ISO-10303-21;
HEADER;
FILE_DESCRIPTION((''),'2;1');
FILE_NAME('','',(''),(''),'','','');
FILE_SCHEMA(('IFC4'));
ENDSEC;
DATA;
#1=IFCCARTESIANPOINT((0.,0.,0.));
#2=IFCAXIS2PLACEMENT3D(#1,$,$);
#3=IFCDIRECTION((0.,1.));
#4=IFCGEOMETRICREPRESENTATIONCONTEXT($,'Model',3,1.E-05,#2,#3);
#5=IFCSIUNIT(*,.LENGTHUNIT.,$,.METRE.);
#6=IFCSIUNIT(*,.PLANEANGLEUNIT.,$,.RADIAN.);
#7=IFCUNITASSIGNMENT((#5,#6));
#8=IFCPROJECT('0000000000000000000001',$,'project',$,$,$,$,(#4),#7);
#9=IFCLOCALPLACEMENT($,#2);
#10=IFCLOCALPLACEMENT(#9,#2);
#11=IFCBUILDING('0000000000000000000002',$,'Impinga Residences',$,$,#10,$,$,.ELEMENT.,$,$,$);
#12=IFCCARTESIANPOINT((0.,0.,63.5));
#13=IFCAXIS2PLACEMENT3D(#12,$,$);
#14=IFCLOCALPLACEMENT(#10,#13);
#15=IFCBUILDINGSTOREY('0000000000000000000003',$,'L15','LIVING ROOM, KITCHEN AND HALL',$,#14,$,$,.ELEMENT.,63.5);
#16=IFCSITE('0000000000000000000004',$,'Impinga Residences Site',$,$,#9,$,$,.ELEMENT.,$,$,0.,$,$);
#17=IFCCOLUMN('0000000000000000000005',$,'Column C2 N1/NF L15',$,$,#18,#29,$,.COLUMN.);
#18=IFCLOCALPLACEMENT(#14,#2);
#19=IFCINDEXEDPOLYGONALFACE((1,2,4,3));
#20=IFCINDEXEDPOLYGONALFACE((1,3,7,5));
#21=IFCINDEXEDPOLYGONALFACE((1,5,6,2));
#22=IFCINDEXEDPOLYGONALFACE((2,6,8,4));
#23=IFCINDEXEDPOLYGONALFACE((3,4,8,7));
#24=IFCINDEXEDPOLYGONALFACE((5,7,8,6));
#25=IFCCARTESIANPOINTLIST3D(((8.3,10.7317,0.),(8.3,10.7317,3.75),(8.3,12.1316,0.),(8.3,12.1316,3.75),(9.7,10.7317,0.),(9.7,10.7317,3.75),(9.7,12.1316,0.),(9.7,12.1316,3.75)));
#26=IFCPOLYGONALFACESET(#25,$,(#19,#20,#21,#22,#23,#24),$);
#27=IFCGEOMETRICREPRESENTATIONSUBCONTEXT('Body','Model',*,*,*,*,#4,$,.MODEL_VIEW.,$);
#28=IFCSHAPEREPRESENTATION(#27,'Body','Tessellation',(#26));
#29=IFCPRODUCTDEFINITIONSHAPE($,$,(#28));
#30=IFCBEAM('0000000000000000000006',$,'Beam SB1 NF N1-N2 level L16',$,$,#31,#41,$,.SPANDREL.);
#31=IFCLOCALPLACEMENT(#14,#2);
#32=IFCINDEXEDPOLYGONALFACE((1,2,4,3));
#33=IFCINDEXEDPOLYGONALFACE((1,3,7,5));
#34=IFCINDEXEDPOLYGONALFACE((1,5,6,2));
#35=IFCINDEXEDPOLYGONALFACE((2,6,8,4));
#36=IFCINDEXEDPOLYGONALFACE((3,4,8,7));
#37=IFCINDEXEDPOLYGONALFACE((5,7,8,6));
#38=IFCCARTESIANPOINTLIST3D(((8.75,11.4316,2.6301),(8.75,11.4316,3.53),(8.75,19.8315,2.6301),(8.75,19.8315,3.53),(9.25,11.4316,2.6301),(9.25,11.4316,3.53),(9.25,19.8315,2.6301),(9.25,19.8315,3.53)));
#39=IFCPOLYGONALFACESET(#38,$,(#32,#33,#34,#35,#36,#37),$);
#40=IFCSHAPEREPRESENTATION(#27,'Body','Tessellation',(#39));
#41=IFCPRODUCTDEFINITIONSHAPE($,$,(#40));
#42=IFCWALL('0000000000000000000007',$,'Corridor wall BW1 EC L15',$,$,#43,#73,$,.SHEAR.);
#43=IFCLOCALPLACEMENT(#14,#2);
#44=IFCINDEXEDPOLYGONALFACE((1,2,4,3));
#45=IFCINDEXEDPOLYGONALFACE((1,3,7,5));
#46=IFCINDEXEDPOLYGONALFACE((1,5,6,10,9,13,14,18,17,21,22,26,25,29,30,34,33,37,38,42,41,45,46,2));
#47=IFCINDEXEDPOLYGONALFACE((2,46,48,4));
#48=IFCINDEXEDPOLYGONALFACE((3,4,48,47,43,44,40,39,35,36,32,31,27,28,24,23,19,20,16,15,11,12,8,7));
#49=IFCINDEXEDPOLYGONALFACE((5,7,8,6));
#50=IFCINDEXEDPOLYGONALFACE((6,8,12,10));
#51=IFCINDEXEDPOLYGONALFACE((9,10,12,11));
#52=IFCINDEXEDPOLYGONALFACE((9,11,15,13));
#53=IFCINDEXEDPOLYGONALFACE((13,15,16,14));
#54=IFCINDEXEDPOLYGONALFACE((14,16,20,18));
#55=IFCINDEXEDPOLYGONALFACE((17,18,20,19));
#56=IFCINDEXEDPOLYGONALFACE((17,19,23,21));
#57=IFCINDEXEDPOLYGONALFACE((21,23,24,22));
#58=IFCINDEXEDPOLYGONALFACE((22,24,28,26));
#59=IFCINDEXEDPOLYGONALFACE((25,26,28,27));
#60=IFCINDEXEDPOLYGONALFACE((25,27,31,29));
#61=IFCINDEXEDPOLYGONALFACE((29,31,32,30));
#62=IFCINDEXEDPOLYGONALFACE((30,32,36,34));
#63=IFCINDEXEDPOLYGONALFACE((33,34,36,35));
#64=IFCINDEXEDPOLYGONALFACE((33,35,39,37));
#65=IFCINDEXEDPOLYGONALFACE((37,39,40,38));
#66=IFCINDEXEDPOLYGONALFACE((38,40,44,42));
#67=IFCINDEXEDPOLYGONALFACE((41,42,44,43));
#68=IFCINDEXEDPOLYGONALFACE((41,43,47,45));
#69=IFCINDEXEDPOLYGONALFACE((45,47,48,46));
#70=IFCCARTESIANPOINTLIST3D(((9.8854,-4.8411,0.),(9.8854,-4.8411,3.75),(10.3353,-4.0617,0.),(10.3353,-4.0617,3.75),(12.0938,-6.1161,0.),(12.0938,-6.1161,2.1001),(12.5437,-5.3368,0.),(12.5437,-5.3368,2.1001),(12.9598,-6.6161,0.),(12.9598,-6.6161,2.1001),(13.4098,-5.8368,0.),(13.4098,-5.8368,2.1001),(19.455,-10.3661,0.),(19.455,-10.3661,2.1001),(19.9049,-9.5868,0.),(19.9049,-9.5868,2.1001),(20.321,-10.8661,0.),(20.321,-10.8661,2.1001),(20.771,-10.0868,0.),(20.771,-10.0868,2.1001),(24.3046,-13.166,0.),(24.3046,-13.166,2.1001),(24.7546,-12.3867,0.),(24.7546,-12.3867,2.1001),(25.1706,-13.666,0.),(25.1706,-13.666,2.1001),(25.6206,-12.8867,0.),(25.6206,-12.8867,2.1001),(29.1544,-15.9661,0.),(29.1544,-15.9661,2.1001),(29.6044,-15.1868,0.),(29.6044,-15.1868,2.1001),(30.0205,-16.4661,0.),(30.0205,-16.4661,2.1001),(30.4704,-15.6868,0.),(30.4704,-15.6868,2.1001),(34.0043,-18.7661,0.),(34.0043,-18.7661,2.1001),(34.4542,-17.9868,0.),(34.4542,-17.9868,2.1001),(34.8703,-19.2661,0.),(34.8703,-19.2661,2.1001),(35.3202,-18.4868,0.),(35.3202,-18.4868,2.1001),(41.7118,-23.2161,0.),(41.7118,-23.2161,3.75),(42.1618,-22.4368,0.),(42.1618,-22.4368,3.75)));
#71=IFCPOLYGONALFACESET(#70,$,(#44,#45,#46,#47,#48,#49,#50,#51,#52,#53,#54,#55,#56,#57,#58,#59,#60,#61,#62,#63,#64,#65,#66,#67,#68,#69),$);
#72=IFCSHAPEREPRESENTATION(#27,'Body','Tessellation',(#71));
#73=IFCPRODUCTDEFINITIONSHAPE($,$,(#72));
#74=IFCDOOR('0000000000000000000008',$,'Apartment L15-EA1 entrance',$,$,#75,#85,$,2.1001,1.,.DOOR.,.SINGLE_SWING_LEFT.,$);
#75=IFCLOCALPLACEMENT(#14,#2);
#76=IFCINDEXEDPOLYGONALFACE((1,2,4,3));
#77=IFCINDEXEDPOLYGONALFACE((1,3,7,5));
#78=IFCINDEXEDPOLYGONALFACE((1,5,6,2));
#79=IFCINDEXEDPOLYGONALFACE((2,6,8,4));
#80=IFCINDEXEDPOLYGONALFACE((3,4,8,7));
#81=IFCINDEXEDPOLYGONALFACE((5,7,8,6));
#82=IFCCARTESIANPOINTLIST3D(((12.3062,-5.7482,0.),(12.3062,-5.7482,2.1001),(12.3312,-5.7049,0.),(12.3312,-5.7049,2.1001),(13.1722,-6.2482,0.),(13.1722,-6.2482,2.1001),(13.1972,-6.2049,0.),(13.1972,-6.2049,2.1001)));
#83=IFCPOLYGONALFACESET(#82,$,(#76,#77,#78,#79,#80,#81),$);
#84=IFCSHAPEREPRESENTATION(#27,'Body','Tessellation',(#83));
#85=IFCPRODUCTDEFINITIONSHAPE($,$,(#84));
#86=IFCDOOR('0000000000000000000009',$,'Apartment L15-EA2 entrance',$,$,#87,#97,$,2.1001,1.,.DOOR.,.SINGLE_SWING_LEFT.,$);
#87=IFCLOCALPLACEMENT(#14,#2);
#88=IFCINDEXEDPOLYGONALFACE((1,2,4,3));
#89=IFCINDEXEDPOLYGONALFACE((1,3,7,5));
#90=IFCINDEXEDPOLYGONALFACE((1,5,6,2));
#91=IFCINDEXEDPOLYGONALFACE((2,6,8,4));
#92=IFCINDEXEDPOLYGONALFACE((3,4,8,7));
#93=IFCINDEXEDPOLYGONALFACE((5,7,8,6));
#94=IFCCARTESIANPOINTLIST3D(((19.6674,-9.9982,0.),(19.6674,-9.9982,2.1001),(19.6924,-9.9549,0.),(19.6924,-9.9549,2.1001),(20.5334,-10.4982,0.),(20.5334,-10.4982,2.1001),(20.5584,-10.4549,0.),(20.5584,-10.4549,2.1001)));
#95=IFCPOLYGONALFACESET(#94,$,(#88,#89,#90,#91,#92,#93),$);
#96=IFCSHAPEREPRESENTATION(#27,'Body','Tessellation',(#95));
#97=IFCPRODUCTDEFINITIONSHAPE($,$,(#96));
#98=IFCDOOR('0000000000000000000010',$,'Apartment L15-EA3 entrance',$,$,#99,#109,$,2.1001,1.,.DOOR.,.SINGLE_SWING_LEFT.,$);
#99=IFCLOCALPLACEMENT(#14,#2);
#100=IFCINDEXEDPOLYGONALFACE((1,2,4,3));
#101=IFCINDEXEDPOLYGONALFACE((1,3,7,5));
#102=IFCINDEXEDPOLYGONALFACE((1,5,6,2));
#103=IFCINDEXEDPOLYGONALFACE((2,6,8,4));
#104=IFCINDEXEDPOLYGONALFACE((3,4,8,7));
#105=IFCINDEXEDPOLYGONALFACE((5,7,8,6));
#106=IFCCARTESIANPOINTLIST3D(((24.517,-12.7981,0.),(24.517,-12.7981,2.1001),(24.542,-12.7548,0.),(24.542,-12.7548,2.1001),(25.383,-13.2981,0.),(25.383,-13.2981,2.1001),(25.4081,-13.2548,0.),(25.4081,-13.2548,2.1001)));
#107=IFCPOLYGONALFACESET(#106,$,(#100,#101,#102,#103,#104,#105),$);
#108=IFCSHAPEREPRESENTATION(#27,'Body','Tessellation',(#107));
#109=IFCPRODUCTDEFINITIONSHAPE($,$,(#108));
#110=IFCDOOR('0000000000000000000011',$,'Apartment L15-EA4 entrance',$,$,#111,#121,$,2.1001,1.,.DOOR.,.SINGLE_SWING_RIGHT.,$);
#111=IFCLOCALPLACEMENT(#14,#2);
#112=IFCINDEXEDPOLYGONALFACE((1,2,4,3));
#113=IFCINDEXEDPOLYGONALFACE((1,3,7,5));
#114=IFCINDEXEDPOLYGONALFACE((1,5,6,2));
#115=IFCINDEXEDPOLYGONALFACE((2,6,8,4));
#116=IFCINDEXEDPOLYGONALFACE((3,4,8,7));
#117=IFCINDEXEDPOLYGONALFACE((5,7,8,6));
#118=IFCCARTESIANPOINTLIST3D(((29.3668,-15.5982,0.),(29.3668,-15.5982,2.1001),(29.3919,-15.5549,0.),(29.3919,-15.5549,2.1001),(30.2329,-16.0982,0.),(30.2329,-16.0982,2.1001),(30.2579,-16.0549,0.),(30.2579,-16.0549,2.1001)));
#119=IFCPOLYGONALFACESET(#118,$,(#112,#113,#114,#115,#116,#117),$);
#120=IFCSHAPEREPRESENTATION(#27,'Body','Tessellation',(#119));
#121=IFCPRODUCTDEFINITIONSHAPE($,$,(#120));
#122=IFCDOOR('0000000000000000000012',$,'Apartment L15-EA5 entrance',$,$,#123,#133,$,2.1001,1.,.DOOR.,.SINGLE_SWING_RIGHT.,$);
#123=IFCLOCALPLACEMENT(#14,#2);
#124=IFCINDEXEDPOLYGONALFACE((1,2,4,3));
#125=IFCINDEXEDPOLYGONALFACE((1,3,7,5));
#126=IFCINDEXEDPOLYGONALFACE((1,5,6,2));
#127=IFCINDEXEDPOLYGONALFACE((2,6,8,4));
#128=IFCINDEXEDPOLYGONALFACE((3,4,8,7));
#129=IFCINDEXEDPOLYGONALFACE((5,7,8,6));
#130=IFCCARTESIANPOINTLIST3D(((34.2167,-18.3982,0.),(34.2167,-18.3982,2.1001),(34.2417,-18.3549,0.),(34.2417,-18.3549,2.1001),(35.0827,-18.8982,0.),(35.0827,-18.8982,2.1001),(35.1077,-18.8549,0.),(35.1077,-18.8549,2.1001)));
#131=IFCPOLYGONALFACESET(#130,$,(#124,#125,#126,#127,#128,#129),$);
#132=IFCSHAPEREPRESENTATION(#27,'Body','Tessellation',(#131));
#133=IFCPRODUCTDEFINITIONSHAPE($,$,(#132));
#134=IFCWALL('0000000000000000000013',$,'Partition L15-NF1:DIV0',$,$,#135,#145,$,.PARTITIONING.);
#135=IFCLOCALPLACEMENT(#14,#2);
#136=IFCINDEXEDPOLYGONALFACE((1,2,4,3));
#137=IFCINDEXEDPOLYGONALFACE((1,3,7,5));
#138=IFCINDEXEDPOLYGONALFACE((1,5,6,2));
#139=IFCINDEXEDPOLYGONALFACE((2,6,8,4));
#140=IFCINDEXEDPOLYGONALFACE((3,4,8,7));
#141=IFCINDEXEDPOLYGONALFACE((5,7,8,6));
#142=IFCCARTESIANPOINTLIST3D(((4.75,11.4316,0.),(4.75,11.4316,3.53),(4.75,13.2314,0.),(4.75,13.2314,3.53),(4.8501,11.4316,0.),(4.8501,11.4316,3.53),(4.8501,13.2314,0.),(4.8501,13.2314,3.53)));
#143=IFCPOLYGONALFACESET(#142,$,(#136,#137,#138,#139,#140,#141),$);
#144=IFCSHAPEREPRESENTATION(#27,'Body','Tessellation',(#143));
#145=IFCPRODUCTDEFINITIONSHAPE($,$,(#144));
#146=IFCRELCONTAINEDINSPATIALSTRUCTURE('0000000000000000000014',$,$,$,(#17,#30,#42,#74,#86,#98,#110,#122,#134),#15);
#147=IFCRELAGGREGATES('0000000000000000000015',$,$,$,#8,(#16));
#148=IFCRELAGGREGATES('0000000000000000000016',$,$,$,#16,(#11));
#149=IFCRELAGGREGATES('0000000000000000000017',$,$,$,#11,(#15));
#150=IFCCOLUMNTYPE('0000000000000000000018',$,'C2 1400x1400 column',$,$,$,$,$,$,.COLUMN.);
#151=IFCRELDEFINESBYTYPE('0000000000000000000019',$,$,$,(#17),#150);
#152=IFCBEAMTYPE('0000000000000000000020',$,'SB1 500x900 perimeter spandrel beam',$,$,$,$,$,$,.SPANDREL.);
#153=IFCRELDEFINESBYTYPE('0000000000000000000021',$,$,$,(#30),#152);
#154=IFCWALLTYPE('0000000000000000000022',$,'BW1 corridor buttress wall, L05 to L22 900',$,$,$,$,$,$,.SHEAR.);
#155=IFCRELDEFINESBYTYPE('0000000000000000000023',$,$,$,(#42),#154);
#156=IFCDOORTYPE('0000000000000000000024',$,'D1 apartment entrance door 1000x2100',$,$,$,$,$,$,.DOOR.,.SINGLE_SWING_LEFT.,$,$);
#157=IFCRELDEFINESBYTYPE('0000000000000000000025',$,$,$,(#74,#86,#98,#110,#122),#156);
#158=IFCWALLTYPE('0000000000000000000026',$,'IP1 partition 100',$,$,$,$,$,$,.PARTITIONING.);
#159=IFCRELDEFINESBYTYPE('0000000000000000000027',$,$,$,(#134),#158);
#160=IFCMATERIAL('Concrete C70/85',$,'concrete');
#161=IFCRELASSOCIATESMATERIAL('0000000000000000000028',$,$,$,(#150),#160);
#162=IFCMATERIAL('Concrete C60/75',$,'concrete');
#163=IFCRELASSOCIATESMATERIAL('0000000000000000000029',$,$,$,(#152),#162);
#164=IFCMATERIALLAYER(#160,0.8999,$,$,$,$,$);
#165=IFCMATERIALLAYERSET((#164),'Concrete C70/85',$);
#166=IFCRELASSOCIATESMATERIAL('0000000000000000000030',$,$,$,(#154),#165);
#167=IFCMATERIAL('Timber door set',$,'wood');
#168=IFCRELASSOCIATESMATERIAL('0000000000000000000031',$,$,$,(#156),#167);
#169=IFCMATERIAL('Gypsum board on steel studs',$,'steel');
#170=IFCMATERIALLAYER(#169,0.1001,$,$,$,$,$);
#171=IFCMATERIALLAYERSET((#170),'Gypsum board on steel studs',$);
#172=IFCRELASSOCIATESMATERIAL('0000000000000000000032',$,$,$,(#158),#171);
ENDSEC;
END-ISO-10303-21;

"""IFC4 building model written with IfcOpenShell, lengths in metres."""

from ifc_helpers import new_model, si_unit, direction, frame, frame_2d, origin, origin_2d, place, context, subcontext, project, spatial, rectangle, extrude, material, layer, layer_set, material_profile, profile_set, type_object, element, fill, save


model = new_model("IFC4")

# Units and contexts
model_context = context("Model", 3, precision=1e-05, world=origin(), true_north=direction((0.0, 1.0)))
body_context = subcontext(model_context, "Body", "Model", "MODEL_VIEW")
ifc_project = project(units=[si_unit("LENGTHUNIT", "METRE"), si_unit("PLANEANGLEUNIT", "RADIAN")], contexts=[model_context])

# Site, building, storey
site_placement = place(None, origin())
site = spatial("IfcSite", under=ifc_project, at=site_placement, Name="Impinga Residences Site", CompositionType="ELEMENT", RefElevation=0.0)
building_placement = place(site_placement, origin())
building = spatial("IfcBuilding", under=site, at=building_placement, Name="Impinga Residences", CompositionType="ELEMENT")
storey_placement = place(building_placement, frame((0.0, 0.0, 63.5)))
storey = spatial("IfcBuildingStorey", under=building, at=storey_placement, Name="L15", Description="LIVING ROOM, KITCHEN AND HALL", CompositionType="ELEMENT", Elevation=63.5)

# Column
ifc_material_1 = material(Name="Concrete C70/85", Category="concrete")
ifc_material_profile_1 = material_profile(ifc_material_1, rectangle(XDim=1.3999, YDim=1.3999, at=origin_2d()), Name="RC 1400x1400")
ifc_profile_set_1 = profile_set([ifc_material_profile_1], Name="Concrete C70/85")
column_type = type_object("IfcColumnType", Name="C2 1400x1400 column", PredefinedType="COLUMN", material=ifc_profile_set_1)
column_placement = place(storey_placement, frame((9.0, 11.4316, 0.0), z_axis=(0.0, 0.0, 1.0), x_axis=(1.0, 0.0, 0.0)))
element("IfcColumn", 1, at=column_placement, inside=storey, type_object=column_type, Name="Column C2 N1/NF L15", PredefinedType="COLUMN", context=body_context, shape_type="SweptSolid", body=[
    extrude(rectangle(XDim=1.3999, YDim=1.3999, at=origin_2d()), origin(), (0.0, 0.0, 1.0), 3.75),
])

# Beam
ifc_material_2 = material(Name="Concrete C60/75", Category="concrete")
ifc_material_profile_2 = material_profile(ifc_material_2, rectangle(XDim=0.5, YDim=0.8999, at=origin_2d()), Name="RC 500x900")
ifc_profile_set_2 = profile_set([ifc_material_profile_2], Name="Concrete C60/75")
beam_type = type_object("IfcBeamType", Name="SB1 500x900 perimeter spandrel beam", PredefinedType="SPANDREL", material=ifc_profile_set_2)
beam_placement = place(storey_placement, frame((9.0, 11.4316, 3.0801), z_axis=(0.0, 1.0, 0.0), x_axis=(-1.0, 0.0, 0.0)))
element("IfcBeam", 2, at=beam_placement, inside=storey, type_object=beam_type, Name="Beam SB1 NF N1-N2 level L16", PredefinedType="SPANDREL", context=body_context, shape_type="SweptSolid", body=[
    extrude(rectangle(XDim=0.5, YDim=0.8999, at=origin_2d()), origin(), (0.0, 0.0, 1.0), 8.3999),
])

# Wall, openings, doors
ifc_layer_1 = layer(ifc_material_1, 0.8999)
ifc_layer_set_1 = layer_set([ifc_layer_1], Name="Concrete C70/85")
wall_type_1 = type_object("IfcWallType", Name="BW1 corridor buttress wall, L05 to L22 900", PredefinedType="SHEAR", material=ifc_layer_set_1)
wall_1_placement = place(storey_placement, frame((10.1104, -4.4514, 0.0), z_axis=(0.0, 0.0, 1.0), x_axis=(0.866025, -0.5, 0.0)))
wall_1 = element("IfcWall", 3, at=wall_1_placement, inside=storey, type_object=wall_type_1, Name="Corridor wall BW1 EC L15", PredefinedType="SHEAR", context=body_context, shape_type="SweptSolid", body=[
    extrude(rectangle(XDim=36.75, YDim=0.8999, at=frame_2d((18.375, 0.0))), origin(), (0.0, 0.0, 1.0), 3.75),
])
opening_1_placement = place(wall_1_placement, frame((2.55, 0.0, 0.0)))
opening_1 = element("IfcOpeningElement", 4, at=opening_1_placement, cuts=wall_1, PredefinedType="OPENING", context=body_context, shape_type="SweptSolid", body=[
    extrude(rectangle(XDim=1.0, YDim=2.1001, at=frame_2d((0.5, 1.05))), frame((0.0, 0.46, 0.0), z_axis=(0.0, -1.0, 0.0), x_axis=(1.0, 0.0, 0.0)), (0.0, 0.0, 1.0), 0.9199),
])
opening_2_placement = place(wall_1_placement, frame((11.05, 0.0, 0.0)))
opening_2 = element("IfcOpeningElement", 5, at=opening_2_placement, cuts=wall_1, PredefinedType="OPENING", context=body_context, shape_type="SweptSolid", body=[
    extrude(rectangle(XDim=1.0, YDim=2.1001, at=frame_2d((0.5, 1.05))), frame((0.0, 0.46, 0.0), z_axis=(0.0, -1.0, 0.0), x_axis=(1.0, 0.0, 0.0)), (0.0, 0.0, 1.0), 0.9199),
])
opening_3_placement = place(wall_1_placement, frame((16.6499, 0.0, 0.0)))
opening_3 = element("IfcOpeningElement", 6, at=opening_3_placement, cuts=wall_1, PredefinedType="OPENING", context=body_context, shape_type="SweptSolid", body=[
    extrude(rectangle(XDim=1.0, YDim=2.1001, at=frame_2d((0.5, 1.05))), frame((0.0, 0.46, 0.0), z_axis=(0.0, -1.0, 0.0), x_axis=(1.0, 0.0, 0.0)), (0.0, 0.0, 1.0), 0.9199),
])
opening_4_placement = place(wall_1_placement, frame((22.25, 0.0, 0.0)))
opening_4 = element("IfcOpeningElement", 7, at=opening_4_placement, cuts=wall_1, PredefinedType="OPENING", context=body_context, shape_type="SweptSolid", body=[
    extrude(rectangle(XDim=1.0, YDim=2.1001, at=frame_2d((0.5, 1.05))), frame((0.0, 0.46, 0.0), z_axis=(0.0, -1.0, 0.0), x_axis=(1.0, 0.0, 0.0)), (0.0, 0.0, 1.0), 0.9199),
])
opening_5_placement = place(wall_1_placement, frame((27.8501, 0.0, 0.0)))
opening_5 = element("IfcOpeningElement", 8, at=opening_5_placement, cuts=wall_1, PredefinedType="OPENING", context=body_context, shape_type="SweptSolid", body=[
    extrude(rectangle(XDim=1.0, YDim=2.1001, at=frame_2d((0.5, 1.05))), frame((0.0, 0.46, 0.0), z_axis=(0.0, -1.0, 0.0), x_axis=(1.0, 0.0, 0.0)), (0.0, 0.0, 1.0), 0.9199),
])
ifc_material_3 = material(Name="Timber door set", Category="wood")
door_type_1 = type_object("IfcDoorType", Name="D1 apartment entrance door 1000x2100", OperationType="SINGLE_SWING_LEFT", PredefinedType="DOOR", material=ifc_material_3)
door_1_placement = place(opening_1_placement, origin())
door_1 = element("IfcDoor", 9, at=door_1_placement, inside=storey, type_object=door_type_1, Name="Apartment L15-EA1 entrance", OperationType="SINGLE_SWING_LEFT", OverallHeight=2.1001, OverallWidth=1.0, PredefinedType="DOOR", context=body_context, shape_type="SweptSolid", body=[
    extrude(rectangle(XDim=1.0, YDim=2.1001, at=frame_2d((0.5, 1.05))), frame((0.0, 0.0249, 0.0), z_axis=(0.0, -1.0, 0.0), x_axis=(1.0, 0.0, 0.0)), (0.0, 0.0, 1.0), 0.05),
])
fill(opening_1, door_1)
door_2_placement = place(opening_2_placement, origin())
door_2 = element("IfcDoor", 10, at=door_2_placement, inside=storey, type_object=door_type_1, Name="Apartment L15-EA2 entrance", OperationType="SINGLE_SWING_LEFT", OverallHeight=2.1001, OverallWidth=1.0, PredefinedType="DOOR", context=body_context, shape_type="SweptSolid", body=[
    extrude(rectangle(XDim=1.0, YDim=2.1001, at=frame_2d((0.5, 1.05))), frame((0.0, 0.0249, 0.0), z_axis=(0.0, -1.0, 0.0), x_axis=(1.0, 0.0, 0.0)), (0.0, 0.0, 1.0), 0.05),
])
fill(opening_2, door_2)
door_3_placement = place(opening_3_placement, origin())
door_3 = element("IfcDoor", 11, at=door_3_placement, inside=storey, type_object=door_type_1, Name="Apartment L15-EA3 entrance", OperationType="SINGLE_SWING_LEFT", OverallHeight=2.1001, OverallWidth=1.0, PredefinedType="DOOR", context=body_context, shape_type="SweptSolid", body=[
    extrude(rectangle(XDim=1.0, YDim=2.1001, at=frame_2d((0.5, 1.05))), frame((0.0, 0.0249, 0.0), z_axis=(0.0, -1.0, 0.0), x_axis=(1.0, 0.0, 0.0)), (0.0, 0.0, 1.0), 0.05),
])
fill(opening_3, door_3)
door_4_placement = place(opening_4_placement, origin())
door_4 = element("IfcDoor", 12, at=door_4_placement, inside=storey, type_object=door_type_1, Name="Apartment L15-EA4 entrance", OperationType="SINGLE_SWING_RIGHT", OverallHeight=2.1001, OverallWidth=1.0, PredefinedType="DOOR", context=body_context, shape_type="SweptSolid", body=[
    extrude(rectangle(XDim=1.0, YDim=2.1001, at=frame_2d((0.5, 1.05))), frame((0.0, 0.0249, 0.0), z_axis=(0.0, -1.0, 0.0), x_axis=(1.0, 0.0, 0.0)), (0.0, 0.0, 1.0), 0.05),
])
fill(opening_4, door_4)
door_5_placement = place(opening_5_placement, origin())
door_5 = element("IfcDoor", 13, at=door_5_placement, inside=storey, type_object=door_type_1, Name="Apartment L15-EA5 entrance", OperationType="SINGLE_SWING_RIGHT", OverallHeight=2.1001, OverallWidth=1.0, PredefinedType="DOOR", context=body_context, shape_type="SweptSolid", body=[
    extrude(rectangle(XDim=1.0, YDim=2.1001, at=frame_2d((0.5, 1.05))), frame((0.0, 0.0249, 0.0), z_axis=(0.0, -1.0, 0.0), x_axis=(1.0, 0.0, 0.0)), (0.0, 0.0, 1.0), 0.05),
])
fill(opening_5, door_5)

# Wall
ifc_material_4 = material(Name="Gypsum board on steel studs", Category="steel")
ifc_layer_2 = layer(ifc_material_4, 0.1001)
ifc_layer_set_2 = layer_set([ifc_layer_2], Name="Gypsum board on steel studs")
wall_type_2 = type_object("IfcWallType", Name="IP1 partition 100", PredefinedType="PARTITIONING", material=ifc_layer_set_2)
wall_2_placement = place(storey_placement, frame((4.8, 11.4316, 0.0), z_axis=(0.0, 0.0, 1.0), x_axis=(0.0, 1.0, 0.0)))
element("IfcWall", 14, at=wall_2_placement, inside=storey, type_object=wall_type_2, Name="Partition L15-NF1:DIV0", PredefinedType="PARTITIONING", context=body_context, shape_type="SweptSolid", body=[
    extrude(rectangle(XDim=1.7998, YDim=0.1001, at=frame_2d((0.8999, 0.0))), origin(), (0.0, 0.0, 1.0), 3.53),
])

save(model, "model.ifc")
